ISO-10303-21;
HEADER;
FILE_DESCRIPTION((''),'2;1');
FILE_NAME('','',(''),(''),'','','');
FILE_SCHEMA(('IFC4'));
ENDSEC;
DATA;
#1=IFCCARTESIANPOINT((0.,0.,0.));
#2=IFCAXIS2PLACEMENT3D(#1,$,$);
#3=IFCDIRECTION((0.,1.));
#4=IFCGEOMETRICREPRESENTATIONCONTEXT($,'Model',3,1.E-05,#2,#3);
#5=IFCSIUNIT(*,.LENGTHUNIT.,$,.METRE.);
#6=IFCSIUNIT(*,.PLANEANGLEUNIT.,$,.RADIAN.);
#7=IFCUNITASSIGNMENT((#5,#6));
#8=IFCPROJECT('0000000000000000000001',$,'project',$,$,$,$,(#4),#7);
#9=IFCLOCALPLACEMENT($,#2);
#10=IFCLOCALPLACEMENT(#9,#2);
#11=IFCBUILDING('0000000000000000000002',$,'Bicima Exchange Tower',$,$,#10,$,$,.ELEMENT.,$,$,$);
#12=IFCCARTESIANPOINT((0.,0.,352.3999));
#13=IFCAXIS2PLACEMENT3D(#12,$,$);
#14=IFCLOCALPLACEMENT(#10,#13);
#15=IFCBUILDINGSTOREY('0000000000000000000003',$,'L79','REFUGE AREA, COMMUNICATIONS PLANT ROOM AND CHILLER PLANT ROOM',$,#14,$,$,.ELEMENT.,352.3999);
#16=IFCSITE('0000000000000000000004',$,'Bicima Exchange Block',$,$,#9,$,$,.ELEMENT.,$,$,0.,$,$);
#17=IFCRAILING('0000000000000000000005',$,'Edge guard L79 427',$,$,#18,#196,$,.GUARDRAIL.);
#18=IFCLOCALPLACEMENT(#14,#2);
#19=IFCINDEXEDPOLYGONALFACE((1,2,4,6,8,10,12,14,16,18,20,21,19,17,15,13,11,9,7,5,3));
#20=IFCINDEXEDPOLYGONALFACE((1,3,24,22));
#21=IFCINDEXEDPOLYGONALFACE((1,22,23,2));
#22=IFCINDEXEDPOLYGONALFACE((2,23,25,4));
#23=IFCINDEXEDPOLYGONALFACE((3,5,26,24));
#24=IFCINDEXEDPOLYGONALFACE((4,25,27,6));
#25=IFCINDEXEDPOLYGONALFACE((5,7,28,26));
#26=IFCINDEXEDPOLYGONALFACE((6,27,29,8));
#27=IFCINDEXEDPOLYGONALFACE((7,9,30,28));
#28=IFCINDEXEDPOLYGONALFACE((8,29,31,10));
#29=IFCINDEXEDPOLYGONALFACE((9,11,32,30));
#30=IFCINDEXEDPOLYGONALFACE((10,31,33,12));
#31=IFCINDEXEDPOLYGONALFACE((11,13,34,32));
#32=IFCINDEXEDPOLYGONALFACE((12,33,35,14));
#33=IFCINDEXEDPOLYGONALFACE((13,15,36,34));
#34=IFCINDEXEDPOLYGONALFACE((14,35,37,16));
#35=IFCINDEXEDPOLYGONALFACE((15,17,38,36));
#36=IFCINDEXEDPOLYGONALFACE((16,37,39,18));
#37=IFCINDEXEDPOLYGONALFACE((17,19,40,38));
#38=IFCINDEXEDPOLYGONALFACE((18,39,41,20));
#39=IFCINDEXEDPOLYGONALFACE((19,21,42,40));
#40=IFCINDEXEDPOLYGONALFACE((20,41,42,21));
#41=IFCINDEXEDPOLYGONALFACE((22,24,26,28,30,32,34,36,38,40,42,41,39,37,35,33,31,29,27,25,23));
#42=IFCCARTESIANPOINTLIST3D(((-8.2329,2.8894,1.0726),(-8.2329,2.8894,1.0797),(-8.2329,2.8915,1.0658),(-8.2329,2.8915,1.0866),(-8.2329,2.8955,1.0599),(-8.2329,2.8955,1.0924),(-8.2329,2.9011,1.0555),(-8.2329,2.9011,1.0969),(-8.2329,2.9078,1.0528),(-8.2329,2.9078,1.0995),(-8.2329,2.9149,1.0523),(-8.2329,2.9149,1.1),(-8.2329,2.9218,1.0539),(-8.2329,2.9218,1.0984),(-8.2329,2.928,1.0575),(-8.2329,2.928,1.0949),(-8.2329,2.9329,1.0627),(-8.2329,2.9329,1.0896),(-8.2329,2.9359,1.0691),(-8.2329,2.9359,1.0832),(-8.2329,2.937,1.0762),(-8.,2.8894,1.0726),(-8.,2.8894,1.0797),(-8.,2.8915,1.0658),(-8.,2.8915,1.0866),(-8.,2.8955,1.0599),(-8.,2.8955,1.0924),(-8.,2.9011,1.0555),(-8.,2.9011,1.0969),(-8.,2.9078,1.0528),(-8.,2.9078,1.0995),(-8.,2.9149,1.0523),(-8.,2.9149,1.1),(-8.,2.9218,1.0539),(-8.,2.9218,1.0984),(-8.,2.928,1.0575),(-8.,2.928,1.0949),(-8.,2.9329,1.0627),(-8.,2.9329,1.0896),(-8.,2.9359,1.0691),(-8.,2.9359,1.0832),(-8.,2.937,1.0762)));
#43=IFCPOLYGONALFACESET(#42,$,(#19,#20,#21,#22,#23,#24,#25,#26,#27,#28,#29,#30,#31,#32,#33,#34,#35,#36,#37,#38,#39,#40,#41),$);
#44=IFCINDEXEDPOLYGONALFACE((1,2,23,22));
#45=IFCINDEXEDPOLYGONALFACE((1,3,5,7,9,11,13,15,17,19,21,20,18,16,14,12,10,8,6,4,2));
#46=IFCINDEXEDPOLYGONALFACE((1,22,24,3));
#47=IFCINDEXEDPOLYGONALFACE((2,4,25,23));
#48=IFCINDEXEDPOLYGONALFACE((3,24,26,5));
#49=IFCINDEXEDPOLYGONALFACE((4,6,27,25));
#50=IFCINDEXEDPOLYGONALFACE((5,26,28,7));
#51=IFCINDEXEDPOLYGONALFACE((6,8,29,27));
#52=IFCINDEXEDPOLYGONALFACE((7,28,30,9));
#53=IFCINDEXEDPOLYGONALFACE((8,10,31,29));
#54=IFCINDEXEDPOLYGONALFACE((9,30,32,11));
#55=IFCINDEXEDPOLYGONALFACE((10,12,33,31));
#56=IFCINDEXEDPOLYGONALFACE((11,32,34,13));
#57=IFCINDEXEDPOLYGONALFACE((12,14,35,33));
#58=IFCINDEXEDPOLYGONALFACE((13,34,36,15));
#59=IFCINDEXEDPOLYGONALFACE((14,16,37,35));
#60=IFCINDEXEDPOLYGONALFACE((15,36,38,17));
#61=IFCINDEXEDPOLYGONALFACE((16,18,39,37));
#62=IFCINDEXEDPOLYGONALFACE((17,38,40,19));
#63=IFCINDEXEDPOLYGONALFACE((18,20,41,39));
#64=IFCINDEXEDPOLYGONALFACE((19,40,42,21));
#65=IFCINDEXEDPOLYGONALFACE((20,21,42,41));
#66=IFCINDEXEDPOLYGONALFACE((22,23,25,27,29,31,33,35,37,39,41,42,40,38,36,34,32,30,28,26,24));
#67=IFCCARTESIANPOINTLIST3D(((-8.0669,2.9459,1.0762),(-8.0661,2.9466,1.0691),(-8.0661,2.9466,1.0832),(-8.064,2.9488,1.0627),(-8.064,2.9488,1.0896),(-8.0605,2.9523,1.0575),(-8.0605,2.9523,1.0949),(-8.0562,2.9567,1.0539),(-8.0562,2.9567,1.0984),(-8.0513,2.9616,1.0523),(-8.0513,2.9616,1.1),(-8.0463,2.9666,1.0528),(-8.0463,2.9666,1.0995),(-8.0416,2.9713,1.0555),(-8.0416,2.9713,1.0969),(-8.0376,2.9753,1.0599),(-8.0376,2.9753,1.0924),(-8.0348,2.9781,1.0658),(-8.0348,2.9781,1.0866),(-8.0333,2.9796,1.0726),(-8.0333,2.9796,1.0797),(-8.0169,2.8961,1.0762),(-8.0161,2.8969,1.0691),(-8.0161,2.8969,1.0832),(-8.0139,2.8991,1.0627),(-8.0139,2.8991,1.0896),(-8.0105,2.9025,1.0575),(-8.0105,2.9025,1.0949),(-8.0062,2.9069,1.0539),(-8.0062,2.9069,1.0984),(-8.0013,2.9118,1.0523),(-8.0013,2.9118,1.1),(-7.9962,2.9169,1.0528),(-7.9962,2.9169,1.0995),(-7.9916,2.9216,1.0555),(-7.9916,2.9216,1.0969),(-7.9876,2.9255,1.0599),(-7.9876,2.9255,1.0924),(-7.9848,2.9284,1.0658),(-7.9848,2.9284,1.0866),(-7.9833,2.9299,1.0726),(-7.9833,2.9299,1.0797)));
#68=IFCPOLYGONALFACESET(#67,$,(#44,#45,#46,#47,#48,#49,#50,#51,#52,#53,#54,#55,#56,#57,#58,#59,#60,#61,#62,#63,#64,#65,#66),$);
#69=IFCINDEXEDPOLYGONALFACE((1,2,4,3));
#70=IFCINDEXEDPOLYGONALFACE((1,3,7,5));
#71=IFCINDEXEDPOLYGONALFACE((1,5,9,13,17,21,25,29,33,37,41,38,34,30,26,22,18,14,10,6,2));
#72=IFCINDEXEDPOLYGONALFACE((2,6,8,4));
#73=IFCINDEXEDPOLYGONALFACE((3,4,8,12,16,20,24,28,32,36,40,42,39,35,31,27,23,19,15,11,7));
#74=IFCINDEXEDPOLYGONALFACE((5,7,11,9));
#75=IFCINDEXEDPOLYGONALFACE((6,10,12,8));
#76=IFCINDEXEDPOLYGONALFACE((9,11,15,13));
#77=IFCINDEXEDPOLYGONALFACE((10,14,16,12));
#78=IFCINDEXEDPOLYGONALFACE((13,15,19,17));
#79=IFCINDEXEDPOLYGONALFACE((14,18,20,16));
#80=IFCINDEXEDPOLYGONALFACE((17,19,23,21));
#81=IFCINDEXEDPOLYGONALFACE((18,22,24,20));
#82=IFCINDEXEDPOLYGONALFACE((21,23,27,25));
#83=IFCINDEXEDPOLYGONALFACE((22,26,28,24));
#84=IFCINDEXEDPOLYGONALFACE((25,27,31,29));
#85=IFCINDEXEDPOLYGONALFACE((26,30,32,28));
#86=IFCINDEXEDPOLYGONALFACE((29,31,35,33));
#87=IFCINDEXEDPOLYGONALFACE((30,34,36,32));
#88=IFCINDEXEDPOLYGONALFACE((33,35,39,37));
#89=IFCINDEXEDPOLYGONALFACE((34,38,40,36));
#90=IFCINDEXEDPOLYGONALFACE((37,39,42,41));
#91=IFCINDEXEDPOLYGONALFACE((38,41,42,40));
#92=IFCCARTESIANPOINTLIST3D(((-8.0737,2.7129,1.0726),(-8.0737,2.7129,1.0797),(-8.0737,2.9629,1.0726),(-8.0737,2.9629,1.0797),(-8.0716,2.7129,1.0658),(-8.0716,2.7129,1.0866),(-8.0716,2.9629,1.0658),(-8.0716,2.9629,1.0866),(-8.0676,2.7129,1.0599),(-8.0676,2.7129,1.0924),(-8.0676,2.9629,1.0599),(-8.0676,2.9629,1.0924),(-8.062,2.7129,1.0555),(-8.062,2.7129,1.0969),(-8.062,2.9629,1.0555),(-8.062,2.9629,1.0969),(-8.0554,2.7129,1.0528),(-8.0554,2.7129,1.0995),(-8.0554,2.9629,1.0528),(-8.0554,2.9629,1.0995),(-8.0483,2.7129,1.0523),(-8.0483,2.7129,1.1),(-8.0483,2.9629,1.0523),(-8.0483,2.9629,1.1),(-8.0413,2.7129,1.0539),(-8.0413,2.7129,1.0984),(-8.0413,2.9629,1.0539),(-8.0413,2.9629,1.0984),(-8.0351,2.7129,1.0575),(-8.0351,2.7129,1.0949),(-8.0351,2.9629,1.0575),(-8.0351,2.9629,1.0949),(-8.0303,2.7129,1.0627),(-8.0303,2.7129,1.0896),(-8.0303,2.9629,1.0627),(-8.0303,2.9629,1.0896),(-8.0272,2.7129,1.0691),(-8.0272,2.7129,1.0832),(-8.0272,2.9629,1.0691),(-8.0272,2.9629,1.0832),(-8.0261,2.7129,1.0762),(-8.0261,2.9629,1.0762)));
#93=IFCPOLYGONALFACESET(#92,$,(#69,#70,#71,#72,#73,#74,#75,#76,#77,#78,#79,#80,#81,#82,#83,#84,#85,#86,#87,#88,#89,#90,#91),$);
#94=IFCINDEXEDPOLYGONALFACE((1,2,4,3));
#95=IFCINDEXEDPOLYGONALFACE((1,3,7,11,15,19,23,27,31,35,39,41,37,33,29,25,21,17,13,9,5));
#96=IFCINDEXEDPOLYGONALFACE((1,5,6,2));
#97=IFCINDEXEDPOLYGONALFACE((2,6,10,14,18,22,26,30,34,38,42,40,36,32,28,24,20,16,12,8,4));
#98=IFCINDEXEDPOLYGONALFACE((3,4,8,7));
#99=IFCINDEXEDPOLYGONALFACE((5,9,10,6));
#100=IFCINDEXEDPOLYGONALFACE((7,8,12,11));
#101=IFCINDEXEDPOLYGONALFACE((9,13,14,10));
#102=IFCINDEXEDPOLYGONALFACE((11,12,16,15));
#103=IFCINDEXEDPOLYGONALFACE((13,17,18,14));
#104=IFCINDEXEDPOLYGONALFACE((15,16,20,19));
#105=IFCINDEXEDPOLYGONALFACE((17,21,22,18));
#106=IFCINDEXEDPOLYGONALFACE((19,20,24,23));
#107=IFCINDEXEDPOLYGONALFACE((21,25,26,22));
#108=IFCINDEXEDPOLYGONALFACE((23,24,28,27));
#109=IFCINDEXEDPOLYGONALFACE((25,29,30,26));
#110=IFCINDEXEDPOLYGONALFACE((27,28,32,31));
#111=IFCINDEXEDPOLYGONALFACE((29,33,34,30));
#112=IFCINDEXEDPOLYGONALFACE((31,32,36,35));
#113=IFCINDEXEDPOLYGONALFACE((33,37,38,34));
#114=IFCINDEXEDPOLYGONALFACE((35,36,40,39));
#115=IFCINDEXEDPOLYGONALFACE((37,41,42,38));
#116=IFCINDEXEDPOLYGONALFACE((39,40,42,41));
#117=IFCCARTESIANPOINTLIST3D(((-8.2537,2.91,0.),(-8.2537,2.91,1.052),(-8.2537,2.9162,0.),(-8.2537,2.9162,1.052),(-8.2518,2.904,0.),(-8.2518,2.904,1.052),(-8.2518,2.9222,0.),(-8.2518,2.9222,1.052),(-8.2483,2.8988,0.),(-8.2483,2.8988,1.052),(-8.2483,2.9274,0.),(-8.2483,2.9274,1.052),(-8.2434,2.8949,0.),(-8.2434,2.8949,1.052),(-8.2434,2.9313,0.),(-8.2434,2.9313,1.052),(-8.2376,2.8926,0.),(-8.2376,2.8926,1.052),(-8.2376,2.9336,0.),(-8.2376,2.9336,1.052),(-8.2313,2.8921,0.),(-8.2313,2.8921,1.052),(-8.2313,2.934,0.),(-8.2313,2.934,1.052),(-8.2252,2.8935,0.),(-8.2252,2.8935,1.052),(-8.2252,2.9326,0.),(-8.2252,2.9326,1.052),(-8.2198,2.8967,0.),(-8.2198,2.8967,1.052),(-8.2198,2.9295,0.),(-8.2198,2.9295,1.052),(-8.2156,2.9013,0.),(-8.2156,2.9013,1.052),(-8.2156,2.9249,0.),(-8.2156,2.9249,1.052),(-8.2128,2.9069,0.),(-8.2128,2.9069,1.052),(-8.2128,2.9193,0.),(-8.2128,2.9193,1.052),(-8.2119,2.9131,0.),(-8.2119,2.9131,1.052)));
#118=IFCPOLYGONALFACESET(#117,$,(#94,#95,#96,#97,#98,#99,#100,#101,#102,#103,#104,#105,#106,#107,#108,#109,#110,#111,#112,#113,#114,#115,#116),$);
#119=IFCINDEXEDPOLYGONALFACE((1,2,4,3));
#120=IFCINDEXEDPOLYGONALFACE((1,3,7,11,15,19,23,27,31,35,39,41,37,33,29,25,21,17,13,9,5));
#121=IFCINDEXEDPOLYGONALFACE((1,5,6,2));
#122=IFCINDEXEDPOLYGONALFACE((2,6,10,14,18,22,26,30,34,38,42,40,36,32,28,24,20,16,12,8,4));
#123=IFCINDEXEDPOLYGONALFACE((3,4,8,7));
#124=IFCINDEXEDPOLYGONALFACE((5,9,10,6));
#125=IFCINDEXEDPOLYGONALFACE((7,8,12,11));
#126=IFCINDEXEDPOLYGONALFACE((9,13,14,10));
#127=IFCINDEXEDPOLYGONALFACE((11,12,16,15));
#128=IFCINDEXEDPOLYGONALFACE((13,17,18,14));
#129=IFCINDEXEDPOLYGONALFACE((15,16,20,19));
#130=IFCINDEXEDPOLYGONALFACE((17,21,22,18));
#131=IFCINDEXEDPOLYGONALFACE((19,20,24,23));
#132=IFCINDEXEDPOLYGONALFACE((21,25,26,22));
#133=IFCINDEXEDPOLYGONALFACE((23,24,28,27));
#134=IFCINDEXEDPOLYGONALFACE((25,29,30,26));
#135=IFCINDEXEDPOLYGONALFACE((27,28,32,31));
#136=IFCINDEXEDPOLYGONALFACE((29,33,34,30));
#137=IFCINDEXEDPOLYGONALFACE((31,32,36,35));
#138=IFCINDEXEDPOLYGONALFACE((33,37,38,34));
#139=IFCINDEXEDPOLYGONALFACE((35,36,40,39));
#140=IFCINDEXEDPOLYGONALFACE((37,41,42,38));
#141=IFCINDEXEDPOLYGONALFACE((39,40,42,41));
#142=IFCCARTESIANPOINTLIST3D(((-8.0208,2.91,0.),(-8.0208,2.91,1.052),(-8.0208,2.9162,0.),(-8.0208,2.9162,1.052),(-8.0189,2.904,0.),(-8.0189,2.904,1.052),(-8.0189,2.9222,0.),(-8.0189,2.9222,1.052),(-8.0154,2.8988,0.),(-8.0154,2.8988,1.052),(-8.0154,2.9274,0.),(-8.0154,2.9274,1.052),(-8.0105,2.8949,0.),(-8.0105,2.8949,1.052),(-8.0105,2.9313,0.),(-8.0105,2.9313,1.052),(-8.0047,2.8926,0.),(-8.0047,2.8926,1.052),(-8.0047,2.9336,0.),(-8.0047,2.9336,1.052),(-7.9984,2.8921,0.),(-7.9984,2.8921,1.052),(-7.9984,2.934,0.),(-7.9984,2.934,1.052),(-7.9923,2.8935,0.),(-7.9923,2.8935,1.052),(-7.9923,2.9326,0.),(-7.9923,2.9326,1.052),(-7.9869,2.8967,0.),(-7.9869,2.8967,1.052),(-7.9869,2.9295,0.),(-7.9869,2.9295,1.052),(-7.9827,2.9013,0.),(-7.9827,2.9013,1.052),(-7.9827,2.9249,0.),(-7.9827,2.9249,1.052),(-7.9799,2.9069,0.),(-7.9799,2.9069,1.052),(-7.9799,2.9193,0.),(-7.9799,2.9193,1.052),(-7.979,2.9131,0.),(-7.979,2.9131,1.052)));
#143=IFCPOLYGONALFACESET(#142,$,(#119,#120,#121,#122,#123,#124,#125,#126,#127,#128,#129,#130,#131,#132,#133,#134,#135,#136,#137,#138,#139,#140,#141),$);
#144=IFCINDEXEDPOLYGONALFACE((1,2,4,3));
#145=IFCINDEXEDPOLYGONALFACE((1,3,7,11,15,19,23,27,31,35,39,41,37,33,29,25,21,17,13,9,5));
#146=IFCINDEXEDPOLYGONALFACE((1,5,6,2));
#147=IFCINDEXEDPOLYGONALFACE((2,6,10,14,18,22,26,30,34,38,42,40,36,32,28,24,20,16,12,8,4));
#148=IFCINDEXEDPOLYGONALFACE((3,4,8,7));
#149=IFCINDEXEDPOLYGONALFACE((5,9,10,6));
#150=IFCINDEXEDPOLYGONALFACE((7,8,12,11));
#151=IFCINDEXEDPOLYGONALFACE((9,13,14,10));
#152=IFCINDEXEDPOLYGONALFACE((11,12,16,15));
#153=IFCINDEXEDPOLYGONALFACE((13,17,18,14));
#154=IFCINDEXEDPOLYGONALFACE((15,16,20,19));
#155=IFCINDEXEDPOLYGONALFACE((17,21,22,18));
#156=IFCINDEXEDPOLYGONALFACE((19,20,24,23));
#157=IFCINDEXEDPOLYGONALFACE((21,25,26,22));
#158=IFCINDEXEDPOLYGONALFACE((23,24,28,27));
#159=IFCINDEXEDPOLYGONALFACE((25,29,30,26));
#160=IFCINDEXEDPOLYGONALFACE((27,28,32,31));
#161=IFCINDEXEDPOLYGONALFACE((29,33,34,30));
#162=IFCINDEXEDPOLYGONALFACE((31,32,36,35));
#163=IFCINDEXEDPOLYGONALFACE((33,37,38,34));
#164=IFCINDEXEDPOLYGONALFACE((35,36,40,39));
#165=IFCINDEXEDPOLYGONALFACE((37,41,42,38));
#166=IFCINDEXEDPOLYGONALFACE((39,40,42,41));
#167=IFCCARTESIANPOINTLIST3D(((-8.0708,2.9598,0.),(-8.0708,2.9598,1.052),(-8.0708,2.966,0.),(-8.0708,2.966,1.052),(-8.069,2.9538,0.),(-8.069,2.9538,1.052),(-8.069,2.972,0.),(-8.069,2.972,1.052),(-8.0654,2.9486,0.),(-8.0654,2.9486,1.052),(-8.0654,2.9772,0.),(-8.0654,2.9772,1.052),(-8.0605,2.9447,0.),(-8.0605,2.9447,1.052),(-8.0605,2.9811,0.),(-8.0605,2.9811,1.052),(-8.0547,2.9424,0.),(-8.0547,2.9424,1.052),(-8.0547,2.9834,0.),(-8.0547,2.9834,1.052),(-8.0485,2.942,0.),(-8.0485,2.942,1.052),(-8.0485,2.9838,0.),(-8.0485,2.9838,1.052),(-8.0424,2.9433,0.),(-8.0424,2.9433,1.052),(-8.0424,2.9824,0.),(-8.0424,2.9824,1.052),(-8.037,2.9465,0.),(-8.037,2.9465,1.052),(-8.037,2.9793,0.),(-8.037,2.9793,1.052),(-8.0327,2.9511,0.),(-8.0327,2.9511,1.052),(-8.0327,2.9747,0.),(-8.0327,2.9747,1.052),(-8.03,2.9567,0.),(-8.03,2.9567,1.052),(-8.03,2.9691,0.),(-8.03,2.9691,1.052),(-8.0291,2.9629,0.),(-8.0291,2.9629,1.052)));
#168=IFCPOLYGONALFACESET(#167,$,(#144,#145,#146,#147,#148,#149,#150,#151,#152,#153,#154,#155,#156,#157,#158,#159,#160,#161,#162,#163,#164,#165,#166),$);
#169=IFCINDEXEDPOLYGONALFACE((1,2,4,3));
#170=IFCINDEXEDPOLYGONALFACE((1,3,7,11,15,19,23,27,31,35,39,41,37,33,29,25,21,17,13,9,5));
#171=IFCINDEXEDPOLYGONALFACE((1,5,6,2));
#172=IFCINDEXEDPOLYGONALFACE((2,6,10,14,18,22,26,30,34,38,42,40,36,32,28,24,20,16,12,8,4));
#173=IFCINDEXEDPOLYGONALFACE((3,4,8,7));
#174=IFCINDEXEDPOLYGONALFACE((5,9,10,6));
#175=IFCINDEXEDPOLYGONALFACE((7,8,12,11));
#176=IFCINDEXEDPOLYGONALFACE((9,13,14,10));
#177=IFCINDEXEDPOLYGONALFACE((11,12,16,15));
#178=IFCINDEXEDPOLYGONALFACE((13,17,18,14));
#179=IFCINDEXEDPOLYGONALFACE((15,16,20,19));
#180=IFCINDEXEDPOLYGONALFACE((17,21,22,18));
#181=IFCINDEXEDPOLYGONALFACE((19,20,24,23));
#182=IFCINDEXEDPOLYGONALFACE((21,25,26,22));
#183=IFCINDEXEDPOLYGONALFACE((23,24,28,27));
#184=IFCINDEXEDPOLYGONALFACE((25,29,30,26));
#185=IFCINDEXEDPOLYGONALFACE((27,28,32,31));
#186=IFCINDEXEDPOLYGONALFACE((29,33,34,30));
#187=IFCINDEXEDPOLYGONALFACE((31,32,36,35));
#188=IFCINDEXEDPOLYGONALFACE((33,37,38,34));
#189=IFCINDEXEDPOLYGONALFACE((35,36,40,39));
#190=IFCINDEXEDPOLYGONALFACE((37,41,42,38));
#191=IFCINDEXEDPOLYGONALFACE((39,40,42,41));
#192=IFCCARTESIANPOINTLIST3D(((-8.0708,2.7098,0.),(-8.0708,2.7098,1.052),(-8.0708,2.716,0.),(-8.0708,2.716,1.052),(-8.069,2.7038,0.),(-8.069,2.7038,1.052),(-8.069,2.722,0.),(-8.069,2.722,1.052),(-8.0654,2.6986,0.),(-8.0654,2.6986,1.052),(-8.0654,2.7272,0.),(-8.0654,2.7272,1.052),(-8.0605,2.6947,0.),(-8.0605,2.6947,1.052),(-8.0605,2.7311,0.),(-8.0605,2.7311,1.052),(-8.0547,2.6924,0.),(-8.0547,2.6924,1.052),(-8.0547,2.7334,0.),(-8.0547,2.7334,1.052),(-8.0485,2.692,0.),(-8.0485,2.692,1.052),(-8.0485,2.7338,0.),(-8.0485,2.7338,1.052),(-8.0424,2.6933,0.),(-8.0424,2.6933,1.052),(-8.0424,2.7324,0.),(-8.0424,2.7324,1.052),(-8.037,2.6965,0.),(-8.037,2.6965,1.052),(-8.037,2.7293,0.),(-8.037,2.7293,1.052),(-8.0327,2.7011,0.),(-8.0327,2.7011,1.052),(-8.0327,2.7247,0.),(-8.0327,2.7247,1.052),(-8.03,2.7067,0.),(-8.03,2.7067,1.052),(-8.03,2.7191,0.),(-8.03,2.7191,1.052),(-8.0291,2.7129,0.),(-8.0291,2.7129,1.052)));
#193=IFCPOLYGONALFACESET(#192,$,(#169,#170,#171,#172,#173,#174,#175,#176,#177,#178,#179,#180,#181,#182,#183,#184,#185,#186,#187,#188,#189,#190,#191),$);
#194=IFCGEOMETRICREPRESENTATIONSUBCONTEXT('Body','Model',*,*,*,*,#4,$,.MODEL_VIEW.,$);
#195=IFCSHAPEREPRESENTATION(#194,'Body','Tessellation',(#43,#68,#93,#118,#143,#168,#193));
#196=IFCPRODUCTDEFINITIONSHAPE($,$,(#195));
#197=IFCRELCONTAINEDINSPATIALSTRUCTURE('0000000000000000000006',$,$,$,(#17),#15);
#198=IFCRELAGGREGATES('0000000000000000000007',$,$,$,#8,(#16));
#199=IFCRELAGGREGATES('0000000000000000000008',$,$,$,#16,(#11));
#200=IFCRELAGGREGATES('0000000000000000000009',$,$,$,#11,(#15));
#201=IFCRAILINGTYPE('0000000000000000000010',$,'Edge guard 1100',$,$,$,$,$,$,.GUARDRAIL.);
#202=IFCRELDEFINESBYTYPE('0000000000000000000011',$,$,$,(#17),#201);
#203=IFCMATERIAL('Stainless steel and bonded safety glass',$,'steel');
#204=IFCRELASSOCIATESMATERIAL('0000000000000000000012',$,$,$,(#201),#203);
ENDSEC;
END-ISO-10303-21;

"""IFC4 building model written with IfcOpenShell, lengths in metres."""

from ifc_helpers import new_model, si_unit, direction, frame, origin, origin_2d, place, context, subcontext, project, spatial, circle, extrude, material, type_object, element, save


model = new_model("IFC4")

# Units and contexts
model_context = context("Model", 3, precision=1e-05, world=origin(), true_north=direction((0.0, 1.0)))
body_context = subcontext(model_context, "Body", "Model", "MODEL_VIEW")
ifc_project = project(units=[si_unit("LENGTHUNIT", "METRE"), si_unit("PLANEANGLEUNIT", "RADIAN")], contexts=[model_context])

# Site, building, storey
site_placement = place(None, origin())
site = spatial("IfcSite", under=ifc_project, at=site_placement, Name="Bicima Exchange Block", CompositionType="ELEMENT", RefElevation=0.0)
building_placement = place(site_placement, origin())
building = spatial("IfcBuilding", under=site, at=building_placement, Name="Bicima Exchange Tower", CompositionType="ELEMENT")
storey_placement = place(building_placement, frame((0.0, 0.0, 352.3999)))
storey = spatial("IfcBuildingStorey", under=building, at=storey_placement, Name="L79", Description="REFUGE AREA, COMMUNICATIONS PLANT ROOM AND CHILLER PLANT ROOM", CompositionType="ELEMENT", Elevation=352.3999)

# Railing
ifc_material_1 = material(Name="Stainless steel and bonded safety glass", Category="steel")
railing_type_1 = type_object("IfcRailingType", Name="Edge guard 1100", PredefinedType="GUARDRAIL", material=ifc_material_1)
railing_1_placement = place(storey_placement, frame((-8.2329, 2.9131, 0.0)))
element("IfcRailing", 1, at=railing_1_placement, inside=storey, type_object=railing_type_1, Name="Edge guard L79 427", PredefinedType="GUARDRAIL", context=body_context, shape_type="SweptSolid", body=[
    extrude(circle(Radius=0.0239, at=origin_2d()), frame((0.0, 0.0, 1.0762), z_axis=(1.0, 0.0, 0.0), x_axis=(0.0, 1.0, 0.0)), (0.0, 0.0, 1.0), 0.2329),
    extrude(circle(Radius=0.0239, at=origin_2d()), frame((0.2329, 0.0, 1.0762), z_axis=(-0.708834, 0.705376, 0.0), x_axis=(-0.705376, -0.708834, 0.0)), (0.0, 0.0, 1.0), 0.0706),
    extrude(circle(Radius=0.0239, at=origin_2d()), frame((0.1829, 0.0498, 1.0762), z_axis=(0.0, -1.0, 0.0), x_axis=(1.0, 0.0, 0.0)), (0.0, 0.0, 1.0), 0.25),
    extrude(circle(Radius=0.021, at=origin_2d()), origin(), (0.0, 0.0, 1.0), 1.052),
    extrude(circle(Radius=0.021, at=origin_2d()), frame((0.2329, 0.0, 0.0)), (0.0, 0.0, 1.0), 1.052),
    extrude(circle(Radius=0.021, at=origin_2d()), frame((0.1829, 0.0498, 0.0)), (0.0, 0.0, 1.0), 1.052),
    extrude(circle(Radius=0.021, at=origin_2d()), frame((0.1829, -0.2002, 0.0)), (0.0, 0.0, 1.0), 1.052),
])

save(model, "model.ifc")
